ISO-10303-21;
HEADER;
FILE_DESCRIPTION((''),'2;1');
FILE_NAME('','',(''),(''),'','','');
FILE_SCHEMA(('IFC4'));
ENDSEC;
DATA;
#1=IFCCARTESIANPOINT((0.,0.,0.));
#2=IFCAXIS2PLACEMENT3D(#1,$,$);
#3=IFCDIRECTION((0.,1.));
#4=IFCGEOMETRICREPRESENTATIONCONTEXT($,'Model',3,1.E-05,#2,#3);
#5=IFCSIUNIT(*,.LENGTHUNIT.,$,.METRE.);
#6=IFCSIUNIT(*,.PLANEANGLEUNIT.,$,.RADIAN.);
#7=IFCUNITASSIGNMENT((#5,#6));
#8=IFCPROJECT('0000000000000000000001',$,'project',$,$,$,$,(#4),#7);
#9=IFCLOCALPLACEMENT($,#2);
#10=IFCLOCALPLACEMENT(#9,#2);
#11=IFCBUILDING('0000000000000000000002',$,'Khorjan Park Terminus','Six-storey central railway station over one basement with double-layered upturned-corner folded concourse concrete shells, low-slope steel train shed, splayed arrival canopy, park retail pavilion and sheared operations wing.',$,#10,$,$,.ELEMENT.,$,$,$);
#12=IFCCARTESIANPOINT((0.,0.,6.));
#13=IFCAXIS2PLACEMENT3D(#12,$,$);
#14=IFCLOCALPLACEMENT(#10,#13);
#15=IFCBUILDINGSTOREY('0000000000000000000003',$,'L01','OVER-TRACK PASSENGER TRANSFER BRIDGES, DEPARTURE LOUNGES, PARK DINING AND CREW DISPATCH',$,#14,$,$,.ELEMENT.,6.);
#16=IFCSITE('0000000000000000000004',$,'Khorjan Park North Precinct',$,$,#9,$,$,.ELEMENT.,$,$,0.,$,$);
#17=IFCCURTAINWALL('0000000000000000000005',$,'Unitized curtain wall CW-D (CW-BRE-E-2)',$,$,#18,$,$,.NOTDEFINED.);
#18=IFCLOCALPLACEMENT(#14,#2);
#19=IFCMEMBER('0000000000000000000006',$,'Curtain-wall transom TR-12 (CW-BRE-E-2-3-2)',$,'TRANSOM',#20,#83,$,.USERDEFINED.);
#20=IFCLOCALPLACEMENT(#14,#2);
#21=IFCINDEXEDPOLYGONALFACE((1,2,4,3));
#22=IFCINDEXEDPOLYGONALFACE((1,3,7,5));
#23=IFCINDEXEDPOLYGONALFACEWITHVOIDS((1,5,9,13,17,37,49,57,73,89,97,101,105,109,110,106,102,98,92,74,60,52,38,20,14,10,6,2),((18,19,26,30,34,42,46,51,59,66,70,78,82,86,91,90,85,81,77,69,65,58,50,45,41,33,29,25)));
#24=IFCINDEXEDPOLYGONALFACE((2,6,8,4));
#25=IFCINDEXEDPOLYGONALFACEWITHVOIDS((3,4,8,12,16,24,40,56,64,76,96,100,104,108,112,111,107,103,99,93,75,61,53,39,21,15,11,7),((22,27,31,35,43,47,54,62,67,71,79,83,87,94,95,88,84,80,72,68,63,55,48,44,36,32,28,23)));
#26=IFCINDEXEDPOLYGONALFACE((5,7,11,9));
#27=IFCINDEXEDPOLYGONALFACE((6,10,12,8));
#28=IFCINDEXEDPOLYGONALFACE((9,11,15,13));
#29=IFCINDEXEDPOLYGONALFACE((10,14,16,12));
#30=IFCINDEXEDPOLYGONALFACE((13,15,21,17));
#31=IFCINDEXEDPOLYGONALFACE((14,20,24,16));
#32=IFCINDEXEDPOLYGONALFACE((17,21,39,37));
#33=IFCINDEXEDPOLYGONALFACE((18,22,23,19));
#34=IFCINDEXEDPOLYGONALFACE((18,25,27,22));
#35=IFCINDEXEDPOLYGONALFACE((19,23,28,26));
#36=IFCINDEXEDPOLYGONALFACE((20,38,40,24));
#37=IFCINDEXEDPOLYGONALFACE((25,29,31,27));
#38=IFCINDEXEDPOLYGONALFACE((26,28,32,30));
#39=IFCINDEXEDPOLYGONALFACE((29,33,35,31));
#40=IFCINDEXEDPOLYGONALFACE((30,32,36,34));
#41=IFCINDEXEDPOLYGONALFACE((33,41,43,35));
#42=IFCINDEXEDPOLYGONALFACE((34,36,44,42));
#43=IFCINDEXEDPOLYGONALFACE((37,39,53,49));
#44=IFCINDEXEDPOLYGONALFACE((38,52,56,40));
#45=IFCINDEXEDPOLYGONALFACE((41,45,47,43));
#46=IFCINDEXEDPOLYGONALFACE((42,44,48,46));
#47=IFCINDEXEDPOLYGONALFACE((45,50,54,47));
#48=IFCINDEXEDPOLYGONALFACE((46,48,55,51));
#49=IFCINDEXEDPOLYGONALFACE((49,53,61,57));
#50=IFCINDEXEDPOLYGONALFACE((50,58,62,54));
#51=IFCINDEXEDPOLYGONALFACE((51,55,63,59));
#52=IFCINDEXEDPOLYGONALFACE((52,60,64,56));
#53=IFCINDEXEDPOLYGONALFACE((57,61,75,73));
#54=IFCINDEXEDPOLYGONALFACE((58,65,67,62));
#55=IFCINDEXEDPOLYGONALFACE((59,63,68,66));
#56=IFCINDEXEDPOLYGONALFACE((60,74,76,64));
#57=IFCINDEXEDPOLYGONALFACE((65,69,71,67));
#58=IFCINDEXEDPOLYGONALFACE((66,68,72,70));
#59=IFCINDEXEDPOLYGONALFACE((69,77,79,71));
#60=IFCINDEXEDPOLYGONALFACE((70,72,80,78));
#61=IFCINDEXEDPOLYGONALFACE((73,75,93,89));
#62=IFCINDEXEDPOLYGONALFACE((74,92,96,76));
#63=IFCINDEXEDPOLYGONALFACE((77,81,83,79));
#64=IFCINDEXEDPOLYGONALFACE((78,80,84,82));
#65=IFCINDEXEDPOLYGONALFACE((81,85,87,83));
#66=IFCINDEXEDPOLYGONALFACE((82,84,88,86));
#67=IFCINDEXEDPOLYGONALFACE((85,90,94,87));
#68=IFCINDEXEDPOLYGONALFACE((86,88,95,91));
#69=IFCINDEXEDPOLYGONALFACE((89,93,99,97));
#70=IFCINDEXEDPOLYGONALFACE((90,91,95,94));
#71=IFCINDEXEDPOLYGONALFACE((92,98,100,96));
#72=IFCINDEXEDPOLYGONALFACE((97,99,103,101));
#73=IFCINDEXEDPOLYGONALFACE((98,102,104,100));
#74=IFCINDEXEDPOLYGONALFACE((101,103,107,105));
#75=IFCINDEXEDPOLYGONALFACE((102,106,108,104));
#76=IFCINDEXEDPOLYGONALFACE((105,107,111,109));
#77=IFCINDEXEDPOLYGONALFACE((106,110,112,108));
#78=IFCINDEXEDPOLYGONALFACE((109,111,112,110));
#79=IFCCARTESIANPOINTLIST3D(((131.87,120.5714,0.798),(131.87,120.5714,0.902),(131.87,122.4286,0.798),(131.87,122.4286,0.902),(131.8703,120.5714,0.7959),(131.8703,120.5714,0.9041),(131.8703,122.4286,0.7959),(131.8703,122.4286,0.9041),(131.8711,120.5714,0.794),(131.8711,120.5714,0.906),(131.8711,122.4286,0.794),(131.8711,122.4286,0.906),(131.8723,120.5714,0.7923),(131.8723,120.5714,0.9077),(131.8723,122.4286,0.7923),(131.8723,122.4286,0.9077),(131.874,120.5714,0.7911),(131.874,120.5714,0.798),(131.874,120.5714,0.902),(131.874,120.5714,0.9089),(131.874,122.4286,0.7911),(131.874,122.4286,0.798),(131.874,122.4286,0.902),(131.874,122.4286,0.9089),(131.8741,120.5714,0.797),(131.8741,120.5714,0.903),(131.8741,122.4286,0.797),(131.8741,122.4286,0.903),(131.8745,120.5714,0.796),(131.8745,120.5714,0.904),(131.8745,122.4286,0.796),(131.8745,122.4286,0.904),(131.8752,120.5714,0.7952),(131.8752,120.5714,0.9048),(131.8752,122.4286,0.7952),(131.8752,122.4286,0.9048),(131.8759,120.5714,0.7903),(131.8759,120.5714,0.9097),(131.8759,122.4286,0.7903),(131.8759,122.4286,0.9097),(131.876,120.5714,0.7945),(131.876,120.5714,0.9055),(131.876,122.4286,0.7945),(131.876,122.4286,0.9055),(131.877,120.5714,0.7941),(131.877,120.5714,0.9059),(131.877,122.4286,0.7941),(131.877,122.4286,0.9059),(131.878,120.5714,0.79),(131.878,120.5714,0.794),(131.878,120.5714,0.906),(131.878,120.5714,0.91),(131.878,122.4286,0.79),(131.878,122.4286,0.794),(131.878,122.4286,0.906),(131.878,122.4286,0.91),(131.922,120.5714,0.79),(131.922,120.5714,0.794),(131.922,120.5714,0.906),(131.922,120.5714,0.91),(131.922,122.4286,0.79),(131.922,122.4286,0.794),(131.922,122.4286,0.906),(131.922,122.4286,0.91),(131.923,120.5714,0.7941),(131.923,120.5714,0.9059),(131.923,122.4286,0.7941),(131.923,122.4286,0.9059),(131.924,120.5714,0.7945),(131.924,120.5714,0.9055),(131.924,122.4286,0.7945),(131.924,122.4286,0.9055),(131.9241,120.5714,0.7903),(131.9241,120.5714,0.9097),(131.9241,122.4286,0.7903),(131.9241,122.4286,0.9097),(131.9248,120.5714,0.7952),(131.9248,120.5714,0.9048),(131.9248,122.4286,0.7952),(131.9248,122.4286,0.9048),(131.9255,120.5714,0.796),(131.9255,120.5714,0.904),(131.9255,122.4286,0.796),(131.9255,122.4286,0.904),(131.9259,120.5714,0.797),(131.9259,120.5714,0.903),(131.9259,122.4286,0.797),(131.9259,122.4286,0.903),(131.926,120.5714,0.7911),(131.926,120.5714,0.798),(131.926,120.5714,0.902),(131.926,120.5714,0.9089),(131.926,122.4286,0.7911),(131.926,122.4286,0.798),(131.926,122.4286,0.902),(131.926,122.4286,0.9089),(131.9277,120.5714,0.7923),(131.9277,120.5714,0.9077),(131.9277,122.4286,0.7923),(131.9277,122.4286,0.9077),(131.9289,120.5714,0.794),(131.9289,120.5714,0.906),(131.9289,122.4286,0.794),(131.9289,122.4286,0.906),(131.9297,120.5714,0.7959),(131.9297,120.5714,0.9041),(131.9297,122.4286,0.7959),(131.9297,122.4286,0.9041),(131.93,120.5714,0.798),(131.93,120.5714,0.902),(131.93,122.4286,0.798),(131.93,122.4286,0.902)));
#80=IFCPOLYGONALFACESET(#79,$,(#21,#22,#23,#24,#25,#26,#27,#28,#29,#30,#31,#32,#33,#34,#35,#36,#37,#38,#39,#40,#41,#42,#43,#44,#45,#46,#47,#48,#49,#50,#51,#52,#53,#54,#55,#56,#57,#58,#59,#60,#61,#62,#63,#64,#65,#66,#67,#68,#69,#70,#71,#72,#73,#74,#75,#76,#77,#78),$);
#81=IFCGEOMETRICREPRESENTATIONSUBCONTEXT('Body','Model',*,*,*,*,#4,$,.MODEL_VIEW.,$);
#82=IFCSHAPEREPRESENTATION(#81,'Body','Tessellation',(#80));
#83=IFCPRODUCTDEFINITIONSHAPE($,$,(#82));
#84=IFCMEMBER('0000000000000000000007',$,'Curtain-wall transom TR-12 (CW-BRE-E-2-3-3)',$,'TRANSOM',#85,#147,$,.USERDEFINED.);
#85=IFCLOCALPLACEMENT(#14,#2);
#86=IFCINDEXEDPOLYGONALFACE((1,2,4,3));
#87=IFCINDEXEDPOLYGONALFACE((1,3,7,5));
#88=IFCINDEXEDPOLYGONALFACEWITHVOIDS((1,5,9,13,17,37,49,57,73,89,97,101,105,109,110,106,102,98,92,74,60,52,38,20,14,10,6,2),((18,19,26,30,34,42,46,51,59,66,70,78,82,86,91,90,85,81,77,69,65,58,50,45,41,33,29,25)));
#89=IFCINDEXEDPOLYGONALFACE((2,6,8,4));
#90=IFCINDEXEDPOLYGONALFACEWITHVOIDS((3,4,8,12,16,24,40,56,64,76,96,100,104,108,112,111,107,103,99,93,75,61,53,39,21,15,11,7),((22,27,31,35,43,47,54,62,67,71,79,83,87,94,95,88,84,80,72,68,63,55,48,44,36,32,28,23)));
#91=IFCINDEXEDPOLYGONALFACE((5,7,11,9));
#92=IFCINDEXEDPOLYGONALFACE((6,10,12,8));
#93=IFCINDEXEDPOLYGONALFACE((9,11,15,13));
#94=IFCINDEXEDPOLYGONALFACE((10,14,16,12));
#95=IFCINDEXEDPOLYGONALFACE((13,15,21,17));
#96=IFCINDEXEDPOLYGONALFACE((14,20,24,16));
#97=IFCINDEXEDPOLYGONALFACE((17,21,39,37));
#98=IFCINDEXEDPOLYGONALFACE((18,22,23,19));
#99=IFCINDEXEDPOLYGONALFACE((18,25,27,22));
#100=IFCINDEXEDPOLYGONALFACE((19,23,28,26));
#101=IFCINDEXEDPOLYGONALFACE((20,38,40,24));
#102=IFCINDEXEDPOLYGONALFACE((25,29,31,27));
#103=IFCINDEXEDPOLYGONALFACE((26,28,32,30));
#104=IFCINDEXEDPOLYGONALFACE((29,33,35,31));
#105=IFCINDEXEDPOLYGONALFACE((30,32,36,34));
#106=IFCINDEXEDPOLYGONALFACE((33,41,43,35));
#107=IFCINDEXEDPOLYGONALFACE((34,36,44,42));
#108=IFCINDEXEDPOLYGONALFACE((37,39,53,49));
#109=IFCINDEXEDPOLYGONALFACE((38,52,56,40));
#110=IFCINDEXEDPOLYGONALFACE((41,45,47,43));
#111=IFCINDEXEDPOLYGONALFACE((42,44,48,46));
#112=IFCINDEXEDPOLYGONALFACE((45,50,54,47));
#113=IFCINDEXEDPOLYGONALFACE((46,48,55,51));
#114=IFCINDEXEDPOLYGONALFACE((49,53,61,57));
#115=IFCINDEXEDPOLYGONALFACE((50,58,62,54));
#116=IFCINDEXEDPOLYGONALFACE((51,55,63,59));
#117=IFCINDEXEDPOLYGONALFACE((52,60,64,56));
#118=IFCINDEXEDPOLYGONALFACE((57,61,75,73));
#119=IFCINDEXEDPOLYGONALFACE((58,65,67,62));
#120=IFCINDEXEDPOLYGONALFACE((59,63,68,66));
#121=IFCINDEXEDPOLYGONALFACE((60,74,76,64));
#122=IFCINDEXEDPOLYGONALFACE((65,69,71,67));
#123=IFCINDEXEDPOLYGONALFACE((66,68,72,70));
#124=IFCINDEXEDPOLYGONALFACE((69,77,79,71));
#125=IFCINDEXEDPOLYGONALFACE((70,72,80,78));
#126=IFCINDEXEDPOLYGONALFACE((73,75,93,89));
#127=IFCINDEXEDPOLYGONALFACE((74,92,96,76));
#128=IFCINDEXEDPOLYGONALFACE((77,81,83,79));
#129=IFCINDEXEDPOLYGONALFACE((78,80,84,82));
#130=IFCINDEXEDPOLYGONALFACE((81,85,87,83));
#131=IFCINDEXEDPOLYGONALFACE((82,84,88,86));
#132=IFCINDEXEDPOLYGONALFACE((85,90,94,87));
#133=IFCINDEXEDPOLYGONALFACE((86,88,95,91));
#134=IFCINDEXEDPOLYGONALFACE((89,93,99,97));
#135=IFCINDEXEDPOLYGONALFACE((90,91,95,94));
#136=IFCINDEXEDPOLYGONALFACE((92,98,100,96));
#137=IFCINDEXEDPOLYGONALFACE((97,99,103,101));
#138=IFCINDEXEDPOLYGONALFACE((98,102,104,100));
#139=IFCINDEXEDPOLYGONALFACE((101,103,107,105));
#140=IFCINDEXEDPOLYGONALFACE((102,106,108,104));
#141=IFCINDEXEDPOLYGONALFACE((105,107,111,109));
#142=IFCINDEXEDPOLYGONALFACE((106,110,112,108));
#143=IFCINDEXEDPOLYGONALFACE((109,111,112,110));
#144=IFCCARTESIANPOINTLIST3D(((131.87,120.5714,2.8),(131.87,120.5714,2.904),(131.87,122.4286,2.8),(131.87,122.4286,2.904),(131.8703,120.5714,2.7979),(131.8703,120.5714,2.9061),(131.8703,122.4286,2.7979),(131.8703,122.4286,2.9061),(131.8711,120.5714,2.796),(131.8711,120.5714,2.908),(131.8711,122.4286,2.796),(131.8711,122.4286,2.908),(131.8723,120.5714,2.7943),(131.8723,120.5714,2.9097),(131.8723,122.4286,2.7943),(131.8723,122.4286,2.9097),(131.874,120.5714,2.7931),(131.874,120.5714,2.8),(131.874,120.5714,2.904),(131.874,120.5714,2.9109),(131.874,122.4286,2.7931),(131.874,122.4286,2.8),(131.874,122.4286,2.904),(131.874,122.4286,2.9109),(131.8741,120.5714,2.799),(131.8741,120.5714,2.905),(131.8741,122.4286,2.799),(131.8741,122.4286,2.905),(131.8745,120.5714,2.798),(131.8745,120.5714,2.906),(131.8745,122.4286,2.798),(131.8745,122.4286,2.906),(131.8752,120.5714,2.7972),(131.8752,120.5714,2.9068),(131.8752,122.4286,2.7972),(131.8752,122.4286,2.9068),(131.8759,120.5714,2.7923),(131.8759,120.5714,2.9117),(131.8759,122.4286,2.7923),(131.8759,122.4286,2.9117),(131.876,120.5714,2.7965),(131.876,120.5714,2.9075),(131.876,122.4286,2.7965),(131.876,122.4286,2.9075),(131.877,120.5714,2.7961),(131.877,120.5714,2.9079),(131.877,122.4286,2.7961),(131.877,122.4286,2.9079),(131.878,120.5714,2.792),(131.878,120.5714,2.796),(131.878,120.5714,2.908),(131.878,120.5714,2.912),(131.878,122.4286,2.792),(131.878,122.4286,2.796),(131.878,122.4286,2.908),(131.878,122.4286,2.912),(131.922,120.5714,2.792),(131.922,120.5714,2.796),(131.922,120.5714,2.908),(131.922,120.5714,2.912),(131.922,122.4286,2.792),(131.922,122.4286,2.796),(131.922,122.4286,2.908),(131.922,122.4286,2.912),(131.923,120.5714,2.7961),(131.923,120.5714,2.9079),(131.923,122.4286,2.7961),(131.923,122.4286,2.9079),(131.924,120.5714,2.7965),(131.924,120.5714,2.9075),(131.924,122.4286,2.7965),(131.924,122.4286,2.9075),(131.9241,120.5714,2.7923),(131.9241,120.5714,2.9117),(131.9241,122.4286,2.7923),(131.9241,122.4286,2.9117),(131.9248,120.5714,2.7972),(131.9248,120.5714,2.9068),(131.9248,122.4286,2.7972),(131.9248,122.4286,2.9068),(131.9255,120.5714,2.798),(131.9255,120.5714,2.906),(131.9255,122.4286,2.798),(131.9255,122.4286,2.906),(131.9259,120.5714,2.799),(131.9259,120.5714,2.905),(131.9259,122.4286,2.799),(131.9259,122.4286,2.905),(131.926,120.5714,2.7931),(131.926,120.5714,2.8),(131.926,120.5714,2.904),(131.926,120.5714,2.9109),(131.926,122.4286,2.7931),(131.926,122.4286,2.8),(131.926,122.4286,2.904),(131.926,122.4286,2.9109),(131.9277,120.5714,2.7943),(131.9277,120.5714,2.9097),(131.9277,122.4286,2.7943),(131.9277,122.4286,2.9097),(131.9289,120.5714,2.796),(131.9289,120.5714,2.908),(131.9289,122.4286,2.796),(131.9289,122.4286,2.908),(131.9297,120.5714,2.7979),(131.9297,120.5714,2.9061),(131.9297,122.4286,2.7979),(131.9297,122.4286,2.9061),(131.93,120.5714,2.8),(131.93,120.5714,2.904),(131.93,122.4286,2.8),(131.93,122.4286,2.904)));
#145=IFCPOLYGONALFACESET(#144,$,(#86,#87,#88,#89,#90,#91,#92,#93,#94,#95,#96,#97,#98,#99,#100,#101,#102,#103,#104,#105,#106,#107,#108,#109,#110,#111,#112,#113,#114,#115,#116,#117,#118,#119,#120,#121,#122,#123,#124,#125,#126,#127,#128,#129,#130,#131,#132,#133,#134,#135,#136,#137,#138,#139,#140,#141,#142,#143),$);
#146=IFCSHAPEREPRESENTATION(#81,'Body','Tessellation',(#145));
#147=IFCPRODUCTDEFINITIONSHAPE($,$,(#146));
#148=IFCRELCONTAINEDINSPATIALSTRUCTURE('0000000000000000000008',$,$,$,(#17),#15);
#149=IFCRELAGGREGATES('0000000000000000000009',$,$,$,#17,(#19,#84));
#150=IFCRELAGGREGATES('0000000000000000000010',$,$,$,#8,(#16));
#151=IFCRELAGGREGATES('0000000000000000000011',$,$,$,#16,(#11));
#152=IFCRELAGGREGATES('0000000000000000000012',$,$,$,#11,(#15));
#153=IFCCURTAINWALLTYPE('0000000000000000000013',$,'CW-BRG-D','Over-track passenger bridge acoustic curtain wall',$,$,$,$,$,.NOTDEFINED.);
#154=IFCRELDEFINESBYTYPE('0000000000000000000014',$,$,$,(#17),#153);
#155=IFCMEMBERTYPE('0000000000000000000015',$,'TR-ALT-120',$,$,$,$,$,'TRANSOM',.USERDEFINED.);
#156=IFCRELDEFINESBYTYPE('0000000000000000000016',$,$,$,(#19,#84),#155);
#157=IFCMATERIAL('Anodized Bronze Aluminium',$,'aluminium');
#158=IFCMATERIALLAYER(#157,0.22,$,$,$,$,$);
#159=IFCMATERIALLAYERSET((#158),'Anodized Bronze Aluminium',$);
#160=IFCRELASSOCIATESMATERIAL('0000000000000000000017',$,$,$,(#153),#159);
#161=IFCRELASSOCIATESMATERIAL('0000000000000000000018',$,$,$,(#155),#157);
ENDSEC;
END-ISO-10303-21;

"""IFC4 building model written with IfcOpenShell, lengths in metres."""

from ifc_helpers import new_model, si_unit, direction, frame, origin, origin_2d, place, context, subcontext, project, spatial, hollow_rectangle, extrude, material, layer, layer_set, material_profile, profile_set, type_object, element, aggregate, save


model = new_model("IFC4")

# Units and contexts
model_context = context("Model", 3, precision=1e-05, world=origin(), true_north=direction((0.0, 1.0)))
body_context = subcontext(model_context, "Body", "Model", "MODEL_VIEW")
ifc_project = project(units=[si_unit("LENGTHUNIT", "METRE"), si_unit("PLANEANGLEUNIT", "RADIAN")], contexts=[model_context])

# Site, building, storey
site_placement = place(None, origin())
site = spatial("IfcSite", under=ifc_project, at=site_placement, Name="Khorjan Park North Precinct", CompositionType="ELEMENT", RefElevation=0.0)
building_placement = place(site_placement, origin())
building = spatial("IfcBuilding", under=site, at=building_placement, Name="Khorjan Park Terminus", Description="Six-storey central railway station over one basement with double-layered upturned-corner folded concourse concrete shells, low-slope steel train shed, splayed arrival canopy, park retail pavilion and sheared operations wing.", CompositionType="ELEMENT")
storey_placement = place(building_placement, frame((0.0, 0.0, 6.0)))
storey = spatial("IfcBuildingStorey", under=building, at=storey_placement, Name="L01", Description="OVER-TRACK PASSENGER TRANSFER BRIDGES, DEPARTURE LOUNGES, PARK DINING AND CREW DISPATCH", CompositionType="ELEMENT", Elevation=6.0)

# Curtain wall, members
ifc_material_1 = material(Name="Anodized Bronze Aluminium", Category="aluminium")
ifc_layer_1 = layer(ifc_material_1, 0.22)
ifc_layer_set_1 = layer_set([ifc_layer_1], Name="Anodized Bronze Aluminium")
curtain_wall_type = type_object("IfcCurtainWallType", Name="CW-BRG-D", Description="Over-track passenger bridge acoustic curtain wall", PredefinedType="NOTDEFINED", material=ifc_layer_set_1)
curtain_wall_placement = place(storey_placement, origin())
curtain_wall = element("IfcCurtainWall", 1, at=curtain_wall_placement, inside=storey, type_object=curtain_wall_type, Name="Unitized curtain wall CW-D (CW-BRE-E-2)", PredefinedType="NOTDEFINED")
ifc_material_profile_1 = material_profile(ifc_material_1, hollow_rectangle(XDim=0.06, YDim=0.12, WallThickness=0.004, InnerFilletRadius=0.004, OuterFilletRadius=0.008, at=origin_2d()), Name="ALT 60x120x4")
ifc_profile_set_1 = profile_set([ifc_material_profile_1], Name="Anodized Bronze Aluminium")
member_type_1 = type_object("IfcMemberType", Name="TR-ALT-120", ElementType="TRANSOM", PredefinedType="USERDEFINED", material=ifc_profile_set_1)
member_1_placement = place(storey_placement, frame((131.9, 120.5714, 0.85), z_axis=(0.0, 1.0, 0.0), x_axis=(-1.0, 0.0, 0.0)))
member_1 = element("IfcMember", 2, at=member_1_placement, type_object=member_type_1, Name="Curtain-wall transom TR-12 (CW-BRE-E-2-3-2)", ObjectType="TRANSOM", PredefinedType="USERDEFINED", context=body_context, shape_type="SweptSolid", body=[
    extrude(hollow_rectangle(XDim=0.06, YDim=0.12, WallThickness=0.004, InnerFilletRadius=0.004, OuterFilletRadius=0.008, at=origin_2d()), origin(), (0.0, 0.0, 1.0), 1.8572),
])
member_2_placement = place(storey_placement, frame((131.9, 120.5714, 2.852), z_axis=(0.0, 1.0, 0.0), x_axis=(-1.0, 0.0, 0.0)))
member_2 = element("IfcMember", 3, at=member_2_placement, type_object=member_type_1, Name="Curtain-wall transom TR-12 (CW-BRE-E-2-3-3)", ObjectType="TRANSOM", PredefinedType="USERDEFINED", context=body_context, shape_type="SweptSolid", body=[
    extrude(hollow_rectangle(XDim=0.06, YDim=0.12, WallThickness=0.004, InnerFilletRadius=0.004, OuterFilletRadius=0.008, at=origin_2d()), origin(), (0.0, 0.0, 1.0), 1.8572),
])
aggregate(curtain_wall, [member_1, member_2])

save(model, "model.ifc")
